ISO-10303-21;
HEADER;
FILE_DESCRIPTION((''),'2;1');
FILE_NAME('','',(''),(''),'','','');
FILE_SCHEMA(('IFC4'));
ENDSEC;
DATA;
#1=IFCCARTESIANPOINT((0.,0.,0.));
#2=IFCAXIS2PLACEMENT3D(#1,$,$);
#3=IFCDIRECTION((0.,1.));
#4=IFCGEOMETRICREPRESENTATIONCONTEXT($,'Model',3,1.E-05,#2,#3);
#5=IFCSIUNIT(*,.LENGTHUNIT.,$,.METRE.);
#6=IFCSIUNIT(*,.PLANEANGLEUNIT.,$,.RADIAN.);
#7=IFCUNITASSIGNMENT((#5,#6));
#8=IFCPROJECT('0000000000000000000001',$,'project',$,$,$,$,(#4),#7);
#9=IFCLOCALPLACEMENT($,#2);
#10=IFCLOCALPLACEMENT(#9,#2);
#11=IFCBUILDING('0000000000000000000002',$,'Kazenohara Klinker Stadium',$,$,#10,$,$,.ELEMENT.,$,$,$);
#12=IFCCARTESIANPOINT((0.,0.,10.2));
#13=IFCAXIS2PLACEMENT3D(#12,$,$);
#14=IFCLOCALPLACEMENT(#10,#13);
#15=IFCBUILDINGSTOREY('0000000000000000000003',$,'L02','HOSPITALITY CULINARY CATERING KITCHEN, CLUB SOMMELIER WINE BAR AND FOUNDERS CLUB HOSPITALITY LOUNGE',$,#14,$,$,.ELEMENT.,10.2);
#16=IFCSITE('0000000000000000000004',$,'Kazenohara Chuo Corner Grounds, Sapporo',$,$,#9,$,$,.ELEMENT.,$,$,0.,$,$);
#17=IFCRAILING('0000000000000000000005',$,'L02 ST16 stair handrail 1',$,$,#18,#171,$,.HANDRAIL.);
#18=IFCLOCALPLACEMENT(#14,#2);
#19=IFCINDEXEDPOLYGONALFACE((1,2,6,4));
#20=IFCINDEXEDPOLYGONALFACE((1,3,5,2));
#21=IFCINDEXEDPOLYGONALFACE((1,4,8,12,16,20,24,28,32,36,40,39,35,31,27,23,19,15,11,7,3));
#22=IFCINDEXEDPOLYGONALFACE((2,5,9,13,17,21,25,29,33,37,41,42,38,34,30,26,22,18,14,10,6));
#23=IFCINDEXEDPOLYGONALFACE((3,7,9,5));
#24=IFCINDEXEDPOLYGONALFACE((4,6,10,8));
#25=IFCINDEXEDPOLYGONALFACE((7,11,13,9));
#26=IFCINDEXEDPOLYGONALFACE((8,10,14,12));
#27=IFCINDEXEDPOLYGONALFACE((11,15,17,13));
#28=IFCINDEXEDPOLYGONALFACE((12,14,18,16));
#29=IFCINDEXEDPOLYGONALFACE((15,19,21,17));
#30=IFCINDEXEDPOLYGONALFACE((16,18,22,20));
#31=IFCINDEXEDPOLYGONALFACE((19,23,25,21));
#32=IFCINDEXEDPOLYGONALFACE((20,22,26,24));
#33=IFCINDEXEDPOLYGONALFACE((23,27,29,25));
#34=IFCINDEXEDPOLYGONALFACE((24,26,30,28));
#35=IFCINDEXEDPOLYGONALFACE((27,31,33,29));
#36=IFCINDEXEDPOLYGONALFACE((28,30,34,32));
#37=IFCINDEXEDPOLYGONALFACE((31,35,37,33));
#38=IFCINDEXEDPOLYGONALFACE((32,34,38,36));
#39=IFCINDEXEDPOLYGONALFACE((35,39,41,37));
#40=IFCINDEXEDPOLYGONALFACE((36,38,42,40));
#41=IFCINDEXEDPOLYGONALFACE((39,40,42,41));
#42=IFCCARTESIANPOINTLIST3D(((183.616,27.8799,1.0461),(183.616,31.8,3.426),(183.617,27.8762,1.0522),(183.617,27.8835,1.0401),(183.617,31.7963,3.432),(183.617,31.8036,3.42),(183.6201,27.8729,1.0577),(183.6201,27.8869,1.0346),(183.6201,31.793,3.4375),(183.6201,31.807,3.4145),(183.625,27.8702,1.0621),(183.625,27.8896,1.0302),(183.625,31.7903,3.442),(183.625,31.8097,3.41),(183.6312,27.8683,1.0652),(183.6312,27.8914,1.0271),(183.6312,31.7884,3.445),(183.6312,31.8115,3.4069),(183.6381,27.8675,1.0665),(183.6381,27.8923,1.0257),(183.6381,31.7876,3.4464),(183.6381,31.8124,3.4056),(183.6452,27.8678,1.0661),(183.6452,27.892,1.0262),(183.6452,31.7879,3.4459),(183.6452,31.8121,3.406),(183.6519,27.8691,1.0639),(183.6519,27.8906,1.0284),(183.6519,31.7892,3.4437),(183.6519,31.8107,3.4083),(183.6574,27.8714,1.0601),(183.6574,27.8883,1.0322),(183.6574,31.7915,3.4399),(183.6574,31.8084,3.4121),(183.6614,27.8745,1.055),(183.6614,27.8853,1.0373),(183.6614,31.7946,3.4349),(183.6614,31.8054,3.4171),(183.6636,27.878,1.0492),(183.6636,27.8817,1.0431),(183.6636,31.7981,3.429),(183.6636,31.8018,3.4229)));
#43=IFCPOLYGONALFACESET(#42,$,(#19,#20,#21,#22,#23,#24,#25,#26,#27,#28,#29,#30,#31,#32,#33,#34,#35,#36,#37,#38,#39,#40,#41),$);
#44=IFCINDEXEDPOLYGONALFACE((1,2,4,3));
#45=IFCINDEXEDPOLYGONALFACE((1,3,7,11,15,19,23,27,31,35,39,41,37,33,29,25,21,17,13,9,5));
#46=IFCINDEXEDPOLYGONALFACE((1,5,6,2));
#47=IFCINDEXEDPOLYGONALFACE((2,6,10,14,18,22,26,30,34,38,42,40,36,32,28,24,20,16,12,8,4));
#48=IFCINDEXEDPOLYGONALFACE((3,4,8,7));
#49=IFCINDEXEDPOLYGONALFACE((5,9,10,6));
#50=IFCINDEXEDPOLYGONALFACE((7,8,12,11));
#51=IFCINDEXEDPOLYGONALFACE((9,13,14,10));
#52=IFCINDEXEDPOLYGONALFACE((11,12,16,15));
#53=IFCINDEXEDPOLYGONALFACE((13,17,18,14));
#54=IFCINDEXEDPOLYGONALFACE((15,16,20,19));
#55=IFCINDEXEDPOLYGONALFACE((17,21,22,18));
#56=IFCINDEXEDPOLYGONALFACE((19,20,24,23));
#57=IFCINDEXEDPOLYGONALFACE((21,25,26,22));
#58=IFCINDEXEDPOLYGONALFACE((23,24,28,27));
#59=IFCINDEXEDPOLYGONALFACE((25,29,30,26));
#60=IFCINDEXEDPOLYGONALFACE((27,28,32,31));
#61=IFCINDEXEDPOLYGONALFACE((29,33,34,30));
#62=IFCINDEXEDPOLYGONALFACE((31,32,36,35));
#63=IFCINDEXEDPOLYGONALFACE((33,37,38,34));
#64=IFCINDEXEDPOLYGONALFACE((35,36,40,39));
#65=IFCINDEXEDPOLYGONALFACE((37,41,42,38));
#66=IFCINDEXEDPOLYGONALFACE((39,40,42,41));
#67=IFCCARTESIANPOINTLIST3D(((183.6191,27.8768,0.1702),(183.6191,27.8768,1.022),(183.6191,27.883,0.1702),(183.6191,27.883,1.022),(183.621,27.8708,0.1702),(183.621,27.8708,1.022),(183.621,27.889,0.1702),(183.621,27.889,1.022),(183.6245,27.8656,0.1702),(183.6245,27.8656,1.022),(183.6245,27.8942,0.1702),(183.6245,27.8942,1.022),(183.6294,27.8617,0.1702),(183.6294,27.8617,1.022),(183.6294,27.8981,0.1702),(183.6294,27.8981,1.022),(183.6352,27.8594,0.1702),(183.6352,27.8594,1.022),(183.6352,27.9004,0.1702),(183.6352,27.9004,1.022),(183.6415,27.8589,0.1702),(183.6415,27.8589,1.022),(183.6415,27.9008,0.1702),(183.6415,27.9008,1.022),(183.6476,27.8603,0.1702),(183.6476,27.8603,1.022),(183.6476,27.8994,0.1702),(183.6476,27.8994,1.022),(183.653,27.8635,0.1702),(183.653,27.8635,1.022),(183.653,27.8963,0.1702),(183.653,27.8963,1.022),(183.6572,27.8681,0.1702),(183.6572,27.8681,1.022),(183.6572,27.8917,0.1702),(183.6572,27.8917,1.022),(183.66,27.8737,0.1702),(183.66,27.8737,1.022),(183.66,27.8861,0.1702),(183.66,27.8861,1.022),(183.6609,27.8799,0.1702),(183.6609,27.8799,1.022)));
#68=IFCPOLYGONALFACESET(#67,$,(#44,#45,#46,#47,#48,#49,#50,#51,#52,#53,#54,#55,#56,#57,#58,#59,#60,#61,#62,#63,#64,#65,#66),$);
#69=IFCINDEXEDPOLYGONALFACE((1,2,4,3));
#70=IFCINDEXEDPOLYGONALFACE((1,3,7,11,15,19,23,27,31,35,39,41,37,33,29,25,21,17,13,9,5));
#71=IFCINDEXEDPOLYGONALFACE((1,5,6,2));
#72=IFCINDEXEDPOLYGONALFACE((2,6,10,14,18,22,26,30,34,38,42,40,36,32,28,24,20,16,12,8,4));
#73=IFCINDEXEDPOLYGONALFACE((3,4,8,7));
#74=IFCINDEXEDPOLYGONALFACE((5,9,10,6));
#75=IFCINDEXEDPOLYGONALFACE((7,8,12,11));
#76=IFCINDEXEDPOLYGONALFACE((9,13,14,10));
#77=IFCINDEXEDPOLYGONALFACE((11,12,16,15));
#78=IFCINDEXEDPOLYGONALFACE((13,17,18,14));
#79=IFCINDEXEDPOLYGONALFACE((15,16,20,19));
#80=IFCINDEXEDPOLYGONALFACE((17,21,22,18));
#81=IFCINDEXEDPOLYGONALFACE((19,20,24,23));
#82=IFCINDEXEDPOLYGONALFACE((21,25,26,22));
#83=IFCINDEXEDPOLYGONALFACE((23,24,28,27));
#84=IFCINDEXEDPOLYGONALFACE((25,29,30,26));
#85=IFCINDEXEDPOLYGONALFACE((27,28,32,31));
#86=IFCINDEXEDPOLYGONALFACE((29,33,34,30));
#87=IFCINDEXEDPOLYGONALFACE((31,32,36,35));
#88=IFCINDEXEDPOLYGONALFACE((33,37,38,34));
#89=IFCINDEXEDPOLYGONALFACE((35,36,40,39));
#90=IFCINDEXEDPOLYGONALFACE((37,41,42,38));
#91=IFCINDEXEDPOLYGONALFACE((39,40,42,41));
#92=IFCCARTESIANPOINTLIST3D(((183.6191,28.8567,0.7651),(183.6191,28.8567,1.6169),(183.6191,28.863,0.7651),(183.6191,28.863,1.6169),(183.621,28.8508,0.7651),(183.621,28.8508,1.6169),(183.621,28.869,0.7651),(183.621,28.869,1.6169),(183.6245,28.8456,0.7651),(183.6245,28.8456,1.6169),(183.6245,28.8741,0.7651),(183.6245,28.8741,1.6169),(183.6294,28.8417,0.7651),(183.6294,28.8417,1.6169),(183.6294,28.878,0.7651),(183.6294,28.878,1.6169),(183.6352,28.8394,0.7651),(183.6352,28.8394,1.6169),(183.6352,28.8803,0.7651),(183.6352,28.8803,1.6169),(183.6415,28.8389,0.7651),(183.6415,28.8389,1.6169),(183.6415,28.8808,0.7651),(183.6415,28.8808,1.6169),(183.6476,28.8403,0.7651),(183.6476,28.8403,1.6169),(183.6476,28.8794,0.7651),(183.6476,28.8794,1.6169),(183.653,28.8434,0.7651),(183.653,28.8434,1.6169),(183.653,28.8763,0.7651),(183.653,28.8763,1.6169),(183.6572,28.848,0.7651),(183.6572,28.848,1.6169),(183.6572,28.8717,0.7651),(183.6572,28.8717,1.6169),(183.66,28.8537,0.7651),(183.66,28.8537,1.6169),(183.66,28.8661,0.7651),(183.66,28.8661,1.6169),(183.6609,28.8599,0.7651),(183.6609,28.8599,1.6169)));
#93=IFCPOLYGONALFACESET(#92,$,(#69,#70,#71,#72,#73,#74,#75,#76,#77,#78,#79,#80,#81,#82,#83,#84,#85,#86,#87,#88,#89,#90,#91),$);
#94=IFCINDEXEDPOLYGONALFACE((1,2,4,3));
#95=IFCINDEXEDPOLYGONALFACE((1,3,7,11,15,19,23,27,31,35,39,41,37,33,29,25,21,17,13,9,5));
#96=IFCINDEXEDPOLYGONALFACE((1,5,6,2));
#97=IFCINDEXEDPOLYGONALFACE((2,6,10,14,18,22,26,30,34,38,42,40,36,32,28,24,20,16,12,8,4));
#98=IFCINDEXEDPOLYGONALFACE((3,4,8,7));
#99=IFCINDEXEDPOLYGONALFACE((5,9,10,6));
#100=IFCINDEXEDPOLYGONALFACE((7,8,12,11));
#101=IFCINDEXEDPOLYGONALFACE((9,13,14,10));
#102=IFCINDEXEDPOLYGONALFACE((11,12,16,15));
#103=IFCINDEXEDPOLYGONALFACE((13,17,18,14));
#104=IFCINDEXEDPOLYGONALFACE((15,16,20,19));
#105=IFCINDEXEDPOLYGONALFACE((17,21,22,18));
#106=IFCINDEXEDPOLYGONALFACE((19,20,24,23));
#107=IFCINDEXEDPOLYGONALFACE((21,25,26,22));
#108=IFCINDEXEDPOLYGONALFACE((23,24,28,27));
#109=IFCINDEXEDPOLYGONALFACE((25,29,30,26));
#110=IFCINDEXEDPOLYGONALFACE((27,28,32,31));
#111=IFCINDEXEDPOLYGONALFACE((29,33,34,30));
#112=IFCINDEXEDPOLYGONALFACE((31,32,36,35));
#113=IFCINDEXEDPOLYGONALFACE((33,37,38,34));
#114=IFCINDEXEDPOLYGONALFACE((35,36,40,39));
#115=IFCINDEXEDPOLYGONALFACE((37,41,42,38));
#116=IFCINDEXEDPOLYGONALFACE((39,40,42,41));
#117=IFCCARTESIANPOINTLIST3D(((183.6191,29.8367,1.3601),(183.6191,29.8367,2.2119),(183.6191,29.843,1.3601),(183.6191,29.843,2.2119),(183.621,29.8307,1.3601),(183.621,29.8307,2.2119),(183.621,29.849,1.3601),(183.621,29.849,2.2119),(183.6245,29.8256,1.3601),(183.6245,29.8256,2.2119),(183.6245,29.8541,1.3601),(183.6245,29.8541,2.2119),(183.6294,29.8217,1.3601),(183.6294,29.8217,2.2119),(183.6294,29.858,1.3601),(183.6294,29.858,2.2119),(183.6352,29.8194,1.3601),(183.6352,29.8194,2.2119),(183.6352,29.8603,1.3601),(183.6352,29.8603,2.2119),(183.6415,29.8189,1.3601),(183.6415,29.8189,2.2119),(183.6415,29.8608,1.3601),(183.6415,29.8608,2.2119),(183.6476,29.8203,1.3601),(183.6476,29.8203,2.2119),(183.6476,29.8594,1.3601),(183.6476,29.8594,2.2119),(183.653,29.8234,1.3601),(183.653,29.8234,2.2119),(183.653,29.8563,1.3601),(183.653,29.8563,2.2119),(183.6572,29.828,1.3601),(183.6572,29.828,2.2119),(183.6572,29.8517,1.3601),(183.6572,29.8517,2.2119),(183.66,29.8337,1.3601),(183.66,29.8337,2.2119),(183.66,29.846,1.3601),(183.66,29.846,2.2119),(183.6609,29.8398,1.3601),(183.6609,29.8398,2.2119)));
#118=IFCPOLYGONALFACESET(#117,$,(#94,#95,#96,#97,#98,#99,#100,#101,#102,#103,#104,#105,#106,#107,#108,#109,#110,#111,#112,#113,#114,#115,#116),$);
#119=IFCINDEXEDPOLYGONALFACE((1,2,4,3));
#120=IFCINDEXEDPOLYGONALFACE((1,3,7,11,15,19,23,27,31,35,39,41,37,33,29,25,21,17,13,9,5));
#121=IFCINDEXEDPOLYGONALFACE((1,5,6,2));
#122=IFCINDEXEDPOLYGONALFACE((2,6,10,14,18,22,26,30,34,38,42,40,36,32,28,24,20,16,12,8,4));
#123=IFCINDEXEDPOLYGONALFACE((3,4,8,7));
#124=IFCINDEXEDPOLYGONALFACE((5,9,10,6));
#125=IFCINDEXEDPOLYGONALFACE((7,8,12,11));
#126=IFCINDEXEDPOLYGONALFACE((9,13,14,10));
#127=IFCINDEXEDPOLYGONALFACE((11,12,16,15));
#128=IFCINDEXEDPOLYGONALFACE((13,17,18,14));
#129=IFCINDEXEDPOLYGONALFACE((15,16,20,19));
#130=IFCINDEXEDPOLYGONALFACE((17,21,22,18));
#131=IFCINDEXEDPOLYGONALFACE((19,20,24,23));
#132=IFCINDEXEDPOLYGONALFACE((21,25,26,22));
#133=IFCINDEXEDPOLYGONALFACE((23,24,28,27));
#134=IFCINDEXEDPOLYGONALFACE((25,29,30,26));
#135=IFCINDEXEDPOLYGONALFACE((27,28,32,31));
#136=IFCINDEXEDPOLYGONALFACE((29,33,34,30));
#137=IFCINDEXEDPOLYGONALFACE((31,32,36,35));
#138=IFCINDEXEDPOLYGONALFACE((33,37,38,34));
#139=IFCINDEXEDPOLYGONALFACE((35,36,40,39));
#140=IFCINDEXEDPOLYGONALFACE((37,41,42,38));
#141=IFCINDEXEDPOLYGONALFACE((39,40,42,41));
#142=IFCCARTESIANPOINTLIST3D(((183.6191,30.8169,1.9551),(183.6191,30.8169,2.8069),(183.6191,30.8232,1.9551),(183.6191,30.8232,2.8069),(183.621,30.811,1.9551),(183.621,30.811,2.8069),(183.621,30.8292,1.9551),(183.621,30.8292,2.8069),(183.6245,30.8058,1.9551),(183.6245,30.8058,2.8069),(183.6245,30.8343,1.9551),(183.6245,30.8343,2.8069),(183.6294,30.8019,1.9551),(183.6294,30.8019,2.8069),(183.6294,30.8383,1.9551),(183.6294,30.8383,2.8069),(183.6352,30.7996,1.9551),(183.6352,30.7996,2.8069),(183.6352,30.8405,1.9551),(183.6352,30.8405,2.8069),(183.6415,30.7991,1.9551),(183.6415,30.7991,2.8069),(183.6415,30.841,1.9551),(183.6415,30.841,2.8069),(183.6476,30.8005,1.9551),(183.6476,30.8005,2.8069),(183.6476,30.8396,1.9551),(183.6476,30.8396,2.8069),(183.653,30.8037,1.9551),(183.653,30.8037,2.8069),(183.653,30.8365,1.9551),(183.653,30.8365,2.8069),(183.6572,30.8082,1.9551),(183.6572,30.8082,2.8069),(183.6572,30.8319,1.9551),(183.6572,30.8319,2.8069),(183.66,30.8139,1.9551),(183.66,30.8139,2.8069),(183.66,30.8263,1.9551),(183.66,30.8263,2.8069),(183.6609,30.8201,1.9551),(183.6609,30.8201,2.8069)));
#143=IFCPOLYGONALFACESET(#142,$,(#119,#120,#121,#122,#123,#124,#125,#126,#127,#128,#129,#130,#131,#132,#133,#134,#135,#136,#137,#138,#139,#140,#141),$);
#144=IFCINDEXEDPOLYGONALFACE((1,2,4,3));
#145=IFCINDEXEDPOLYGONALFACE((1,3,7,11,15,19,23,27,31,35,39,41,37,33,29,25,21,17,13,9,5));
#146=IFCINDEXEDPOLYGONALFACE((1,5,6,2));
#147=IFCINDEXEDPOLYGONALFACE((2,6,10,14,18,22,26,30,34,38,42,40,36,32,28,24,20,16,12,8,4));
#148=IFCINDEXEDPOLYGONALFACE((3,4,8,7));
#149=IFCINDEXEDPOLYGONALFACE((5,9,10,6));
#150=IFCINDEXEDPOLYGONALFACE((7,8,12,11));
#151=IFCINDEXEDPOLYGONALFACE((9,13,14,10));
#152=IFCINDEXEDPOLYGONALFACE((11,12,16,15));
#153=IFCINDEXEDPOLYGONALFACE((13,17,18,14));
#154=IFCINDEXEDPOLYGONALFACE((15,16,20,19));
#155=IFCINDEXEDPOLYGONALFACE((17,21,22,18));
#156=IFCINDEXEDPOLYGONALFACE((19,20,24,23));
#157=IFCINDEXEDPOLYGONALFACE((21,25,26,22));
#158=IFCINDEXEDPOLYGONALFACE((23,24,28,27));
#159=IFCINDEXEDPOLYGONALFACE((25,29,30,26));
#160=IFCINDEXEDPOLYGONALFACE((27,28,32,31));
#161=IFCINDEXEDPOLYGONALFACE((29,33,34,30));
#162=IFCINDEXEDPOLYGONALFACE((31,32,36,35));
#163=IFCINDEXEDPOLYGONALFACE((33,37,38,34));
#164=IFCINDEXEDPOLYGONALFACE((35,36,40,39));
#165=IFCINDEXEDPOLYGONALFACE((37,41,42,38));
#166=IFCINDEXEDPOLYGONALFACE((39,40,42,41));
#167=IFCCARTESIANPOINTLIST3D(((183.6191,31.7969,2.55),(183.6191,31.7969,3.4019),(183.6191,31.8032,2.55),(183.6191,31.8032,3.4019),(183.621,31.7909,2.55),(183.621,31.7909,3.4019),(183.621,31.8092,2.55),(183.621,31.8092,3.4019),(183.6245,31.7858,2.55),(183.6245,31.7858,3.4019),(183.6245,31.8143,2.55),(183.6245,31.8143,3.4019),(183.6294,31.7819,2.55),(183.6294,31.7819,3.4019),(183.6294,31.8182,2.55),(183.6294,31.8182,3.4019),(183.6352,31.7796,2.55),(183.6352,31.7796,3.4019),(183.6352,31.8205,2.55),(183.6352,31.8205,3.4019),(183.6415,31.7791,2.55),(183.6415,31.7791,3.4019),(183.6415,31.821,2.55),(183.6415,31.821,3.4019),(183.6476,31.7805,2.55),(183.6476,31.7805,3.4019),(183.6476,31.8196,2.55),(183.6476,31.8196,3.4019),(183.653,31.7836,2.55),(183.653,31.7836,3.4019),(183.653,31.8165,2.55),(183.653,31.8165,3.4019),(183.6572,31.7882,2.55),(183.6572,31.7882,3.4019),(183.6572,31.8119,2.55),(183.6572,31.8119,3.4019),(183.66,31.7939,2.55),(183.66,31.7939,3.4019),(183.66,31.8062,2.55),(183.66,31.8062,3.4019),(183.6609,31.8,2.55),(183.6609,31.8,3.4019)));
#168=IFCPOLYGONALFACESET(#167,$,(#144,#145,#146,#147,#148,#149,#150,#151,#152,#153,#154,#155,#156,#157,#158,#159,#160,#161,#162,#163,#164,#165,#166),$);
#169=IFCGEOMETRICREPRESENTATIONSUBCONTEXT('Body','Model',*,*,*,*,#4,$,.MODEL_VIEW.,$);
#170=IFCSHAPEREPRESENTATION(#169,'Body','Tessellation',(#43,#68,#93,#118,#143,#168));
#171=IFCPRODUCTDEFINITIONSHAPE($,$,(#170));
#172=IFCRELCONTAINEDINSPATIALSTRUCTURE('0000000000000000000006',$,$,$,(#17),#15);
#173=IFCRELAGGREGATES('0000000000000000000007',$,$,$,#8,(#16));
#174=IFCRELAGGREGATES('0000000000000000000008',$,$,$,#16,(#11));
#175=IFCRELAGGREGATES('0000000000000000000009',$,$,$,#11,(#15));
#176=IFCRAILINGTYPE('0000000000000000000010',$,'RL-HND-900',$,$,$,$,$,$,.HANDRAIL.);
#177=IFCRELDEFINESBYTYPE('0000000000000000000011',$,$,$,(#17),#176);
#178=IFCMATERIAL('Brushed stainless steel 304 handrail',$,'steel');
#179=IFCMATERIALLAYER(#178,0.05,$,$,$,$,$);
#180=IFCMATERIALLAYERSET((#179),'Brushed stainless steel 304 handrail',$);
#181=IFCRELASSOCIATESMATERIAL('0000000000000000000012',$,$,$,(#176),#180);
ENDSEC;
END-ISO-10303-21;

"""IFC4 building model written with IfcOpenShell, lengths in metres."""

from ifc_helpers import new_model, si_unit, direction, frame, origin, origin_2d, place, context, subcontext, project, spatial, circle, extrude, material, layer, layer_set, type_object, element, save


model = new_model("IFC4")

# Units and contexts
model_context = context("Model", 3, precision=1e-05, world=origin(), true_north=direction((0.0, 1.0)))
body_context = subcontext(model_context, "Body", "Model", "MODEL_VIEW")
ifc_project = project(units=[si_unit("LENGTHUNIT", "METRE"), si_unit("PLANEANGLEUNIT", "RADIAN")], contexts=[model_context])

# Site, building, storey
site_placement = place(None, origin())
site = spatial("IfcSite", under=ifc_project, at=site_placement, Name="Kazenohara Chuo Corner Grounds, Sapporo", CompositionType="ELEMENT", RefElevation=0.0)
building_placement = place(site_placement, origin())
building = spatial("IfcBuilding", under=site, at=building_placement, Name="Kazenohara Klinker Stadium", CompositionType="ELEMENT")
storey_placement = place(building_placement, frame((0.0, 0.0, 10.2)))
storey = spatial("IfcBuildingStorey", under=building, at=storey_placement, Name="L02", Description="HOSPITALITY CULINARY CATERING KITCHEN, CLUB SOMMELIER WINE BAR AND FOUNDERS CLUB HOSPITALITY LOUNGE", CompositionType="ELEMENT", Elevation=10.2)

# Railing
ifc_material_1 = material(Name="Brushed stainless steel 304 handrail", Category="steel")
ifc_layer_1 = layer(ifc_material_1, 0.05)
ifc_layer_set_1 = layer_set([ifc_layer_1], Name="Brushed stainless steel 304 handrail")
railing_type_1 = type_object("IfcRailingType", Name="RL-HND-900", PredefinedType="HANDRAIL", material=ifc_layer_set_1)
railing_1_placement = place(storey_placement, frame((183.6399, 27.8799, 0.1702)))
element("IfcRailing", 1, at=railing_1_placement, inside=storey, type_object=railing_type_1, Name="L02 ST16 stair handrail 1", PredefinedType="HANDRAIL", context=body_context, shape_type="SweptSolid", body=[
    extrude(circle(Radius=0.0239, at=origin_2d()), frame((0.0, 0.0, 0.876), z_axis=(0.0, 0.854809, 0.518943), x_axis=(-1.0, 0.0, 0.0)), (0.0, 0.0, 1.0), 4.5859),
    extrude(circle(Radius=0.021, at=origin_2d()), origin(), (0.0, 0.0, 1.0), 0.8518),
    extrude(circle(Radius=0.021, at=origin_2d()), frame((0.0, 0.98, 0.595)), (0.0, 0.0, 1.0), 0.8518),
    extrude(circle(Radius=0.021, at=origin_2d()), frame((0.0, 1.96, 1.1899)), (0.0, 0.0, 1.0), 0.8518),
    extrude(circle(Radius=0.021, at=origin_2d()), frame((0.0, 2.9402, 1.7849)), (0.0, 0.0, 1.0), 0.8518),
    extrude(circle(Radius=0.021, at=origin_2d()), frame((0.0, 3.9202, 2.3799)), (0.0, 0.0, 1.0), 0.8518),
])

save(model, "model.ifc")
